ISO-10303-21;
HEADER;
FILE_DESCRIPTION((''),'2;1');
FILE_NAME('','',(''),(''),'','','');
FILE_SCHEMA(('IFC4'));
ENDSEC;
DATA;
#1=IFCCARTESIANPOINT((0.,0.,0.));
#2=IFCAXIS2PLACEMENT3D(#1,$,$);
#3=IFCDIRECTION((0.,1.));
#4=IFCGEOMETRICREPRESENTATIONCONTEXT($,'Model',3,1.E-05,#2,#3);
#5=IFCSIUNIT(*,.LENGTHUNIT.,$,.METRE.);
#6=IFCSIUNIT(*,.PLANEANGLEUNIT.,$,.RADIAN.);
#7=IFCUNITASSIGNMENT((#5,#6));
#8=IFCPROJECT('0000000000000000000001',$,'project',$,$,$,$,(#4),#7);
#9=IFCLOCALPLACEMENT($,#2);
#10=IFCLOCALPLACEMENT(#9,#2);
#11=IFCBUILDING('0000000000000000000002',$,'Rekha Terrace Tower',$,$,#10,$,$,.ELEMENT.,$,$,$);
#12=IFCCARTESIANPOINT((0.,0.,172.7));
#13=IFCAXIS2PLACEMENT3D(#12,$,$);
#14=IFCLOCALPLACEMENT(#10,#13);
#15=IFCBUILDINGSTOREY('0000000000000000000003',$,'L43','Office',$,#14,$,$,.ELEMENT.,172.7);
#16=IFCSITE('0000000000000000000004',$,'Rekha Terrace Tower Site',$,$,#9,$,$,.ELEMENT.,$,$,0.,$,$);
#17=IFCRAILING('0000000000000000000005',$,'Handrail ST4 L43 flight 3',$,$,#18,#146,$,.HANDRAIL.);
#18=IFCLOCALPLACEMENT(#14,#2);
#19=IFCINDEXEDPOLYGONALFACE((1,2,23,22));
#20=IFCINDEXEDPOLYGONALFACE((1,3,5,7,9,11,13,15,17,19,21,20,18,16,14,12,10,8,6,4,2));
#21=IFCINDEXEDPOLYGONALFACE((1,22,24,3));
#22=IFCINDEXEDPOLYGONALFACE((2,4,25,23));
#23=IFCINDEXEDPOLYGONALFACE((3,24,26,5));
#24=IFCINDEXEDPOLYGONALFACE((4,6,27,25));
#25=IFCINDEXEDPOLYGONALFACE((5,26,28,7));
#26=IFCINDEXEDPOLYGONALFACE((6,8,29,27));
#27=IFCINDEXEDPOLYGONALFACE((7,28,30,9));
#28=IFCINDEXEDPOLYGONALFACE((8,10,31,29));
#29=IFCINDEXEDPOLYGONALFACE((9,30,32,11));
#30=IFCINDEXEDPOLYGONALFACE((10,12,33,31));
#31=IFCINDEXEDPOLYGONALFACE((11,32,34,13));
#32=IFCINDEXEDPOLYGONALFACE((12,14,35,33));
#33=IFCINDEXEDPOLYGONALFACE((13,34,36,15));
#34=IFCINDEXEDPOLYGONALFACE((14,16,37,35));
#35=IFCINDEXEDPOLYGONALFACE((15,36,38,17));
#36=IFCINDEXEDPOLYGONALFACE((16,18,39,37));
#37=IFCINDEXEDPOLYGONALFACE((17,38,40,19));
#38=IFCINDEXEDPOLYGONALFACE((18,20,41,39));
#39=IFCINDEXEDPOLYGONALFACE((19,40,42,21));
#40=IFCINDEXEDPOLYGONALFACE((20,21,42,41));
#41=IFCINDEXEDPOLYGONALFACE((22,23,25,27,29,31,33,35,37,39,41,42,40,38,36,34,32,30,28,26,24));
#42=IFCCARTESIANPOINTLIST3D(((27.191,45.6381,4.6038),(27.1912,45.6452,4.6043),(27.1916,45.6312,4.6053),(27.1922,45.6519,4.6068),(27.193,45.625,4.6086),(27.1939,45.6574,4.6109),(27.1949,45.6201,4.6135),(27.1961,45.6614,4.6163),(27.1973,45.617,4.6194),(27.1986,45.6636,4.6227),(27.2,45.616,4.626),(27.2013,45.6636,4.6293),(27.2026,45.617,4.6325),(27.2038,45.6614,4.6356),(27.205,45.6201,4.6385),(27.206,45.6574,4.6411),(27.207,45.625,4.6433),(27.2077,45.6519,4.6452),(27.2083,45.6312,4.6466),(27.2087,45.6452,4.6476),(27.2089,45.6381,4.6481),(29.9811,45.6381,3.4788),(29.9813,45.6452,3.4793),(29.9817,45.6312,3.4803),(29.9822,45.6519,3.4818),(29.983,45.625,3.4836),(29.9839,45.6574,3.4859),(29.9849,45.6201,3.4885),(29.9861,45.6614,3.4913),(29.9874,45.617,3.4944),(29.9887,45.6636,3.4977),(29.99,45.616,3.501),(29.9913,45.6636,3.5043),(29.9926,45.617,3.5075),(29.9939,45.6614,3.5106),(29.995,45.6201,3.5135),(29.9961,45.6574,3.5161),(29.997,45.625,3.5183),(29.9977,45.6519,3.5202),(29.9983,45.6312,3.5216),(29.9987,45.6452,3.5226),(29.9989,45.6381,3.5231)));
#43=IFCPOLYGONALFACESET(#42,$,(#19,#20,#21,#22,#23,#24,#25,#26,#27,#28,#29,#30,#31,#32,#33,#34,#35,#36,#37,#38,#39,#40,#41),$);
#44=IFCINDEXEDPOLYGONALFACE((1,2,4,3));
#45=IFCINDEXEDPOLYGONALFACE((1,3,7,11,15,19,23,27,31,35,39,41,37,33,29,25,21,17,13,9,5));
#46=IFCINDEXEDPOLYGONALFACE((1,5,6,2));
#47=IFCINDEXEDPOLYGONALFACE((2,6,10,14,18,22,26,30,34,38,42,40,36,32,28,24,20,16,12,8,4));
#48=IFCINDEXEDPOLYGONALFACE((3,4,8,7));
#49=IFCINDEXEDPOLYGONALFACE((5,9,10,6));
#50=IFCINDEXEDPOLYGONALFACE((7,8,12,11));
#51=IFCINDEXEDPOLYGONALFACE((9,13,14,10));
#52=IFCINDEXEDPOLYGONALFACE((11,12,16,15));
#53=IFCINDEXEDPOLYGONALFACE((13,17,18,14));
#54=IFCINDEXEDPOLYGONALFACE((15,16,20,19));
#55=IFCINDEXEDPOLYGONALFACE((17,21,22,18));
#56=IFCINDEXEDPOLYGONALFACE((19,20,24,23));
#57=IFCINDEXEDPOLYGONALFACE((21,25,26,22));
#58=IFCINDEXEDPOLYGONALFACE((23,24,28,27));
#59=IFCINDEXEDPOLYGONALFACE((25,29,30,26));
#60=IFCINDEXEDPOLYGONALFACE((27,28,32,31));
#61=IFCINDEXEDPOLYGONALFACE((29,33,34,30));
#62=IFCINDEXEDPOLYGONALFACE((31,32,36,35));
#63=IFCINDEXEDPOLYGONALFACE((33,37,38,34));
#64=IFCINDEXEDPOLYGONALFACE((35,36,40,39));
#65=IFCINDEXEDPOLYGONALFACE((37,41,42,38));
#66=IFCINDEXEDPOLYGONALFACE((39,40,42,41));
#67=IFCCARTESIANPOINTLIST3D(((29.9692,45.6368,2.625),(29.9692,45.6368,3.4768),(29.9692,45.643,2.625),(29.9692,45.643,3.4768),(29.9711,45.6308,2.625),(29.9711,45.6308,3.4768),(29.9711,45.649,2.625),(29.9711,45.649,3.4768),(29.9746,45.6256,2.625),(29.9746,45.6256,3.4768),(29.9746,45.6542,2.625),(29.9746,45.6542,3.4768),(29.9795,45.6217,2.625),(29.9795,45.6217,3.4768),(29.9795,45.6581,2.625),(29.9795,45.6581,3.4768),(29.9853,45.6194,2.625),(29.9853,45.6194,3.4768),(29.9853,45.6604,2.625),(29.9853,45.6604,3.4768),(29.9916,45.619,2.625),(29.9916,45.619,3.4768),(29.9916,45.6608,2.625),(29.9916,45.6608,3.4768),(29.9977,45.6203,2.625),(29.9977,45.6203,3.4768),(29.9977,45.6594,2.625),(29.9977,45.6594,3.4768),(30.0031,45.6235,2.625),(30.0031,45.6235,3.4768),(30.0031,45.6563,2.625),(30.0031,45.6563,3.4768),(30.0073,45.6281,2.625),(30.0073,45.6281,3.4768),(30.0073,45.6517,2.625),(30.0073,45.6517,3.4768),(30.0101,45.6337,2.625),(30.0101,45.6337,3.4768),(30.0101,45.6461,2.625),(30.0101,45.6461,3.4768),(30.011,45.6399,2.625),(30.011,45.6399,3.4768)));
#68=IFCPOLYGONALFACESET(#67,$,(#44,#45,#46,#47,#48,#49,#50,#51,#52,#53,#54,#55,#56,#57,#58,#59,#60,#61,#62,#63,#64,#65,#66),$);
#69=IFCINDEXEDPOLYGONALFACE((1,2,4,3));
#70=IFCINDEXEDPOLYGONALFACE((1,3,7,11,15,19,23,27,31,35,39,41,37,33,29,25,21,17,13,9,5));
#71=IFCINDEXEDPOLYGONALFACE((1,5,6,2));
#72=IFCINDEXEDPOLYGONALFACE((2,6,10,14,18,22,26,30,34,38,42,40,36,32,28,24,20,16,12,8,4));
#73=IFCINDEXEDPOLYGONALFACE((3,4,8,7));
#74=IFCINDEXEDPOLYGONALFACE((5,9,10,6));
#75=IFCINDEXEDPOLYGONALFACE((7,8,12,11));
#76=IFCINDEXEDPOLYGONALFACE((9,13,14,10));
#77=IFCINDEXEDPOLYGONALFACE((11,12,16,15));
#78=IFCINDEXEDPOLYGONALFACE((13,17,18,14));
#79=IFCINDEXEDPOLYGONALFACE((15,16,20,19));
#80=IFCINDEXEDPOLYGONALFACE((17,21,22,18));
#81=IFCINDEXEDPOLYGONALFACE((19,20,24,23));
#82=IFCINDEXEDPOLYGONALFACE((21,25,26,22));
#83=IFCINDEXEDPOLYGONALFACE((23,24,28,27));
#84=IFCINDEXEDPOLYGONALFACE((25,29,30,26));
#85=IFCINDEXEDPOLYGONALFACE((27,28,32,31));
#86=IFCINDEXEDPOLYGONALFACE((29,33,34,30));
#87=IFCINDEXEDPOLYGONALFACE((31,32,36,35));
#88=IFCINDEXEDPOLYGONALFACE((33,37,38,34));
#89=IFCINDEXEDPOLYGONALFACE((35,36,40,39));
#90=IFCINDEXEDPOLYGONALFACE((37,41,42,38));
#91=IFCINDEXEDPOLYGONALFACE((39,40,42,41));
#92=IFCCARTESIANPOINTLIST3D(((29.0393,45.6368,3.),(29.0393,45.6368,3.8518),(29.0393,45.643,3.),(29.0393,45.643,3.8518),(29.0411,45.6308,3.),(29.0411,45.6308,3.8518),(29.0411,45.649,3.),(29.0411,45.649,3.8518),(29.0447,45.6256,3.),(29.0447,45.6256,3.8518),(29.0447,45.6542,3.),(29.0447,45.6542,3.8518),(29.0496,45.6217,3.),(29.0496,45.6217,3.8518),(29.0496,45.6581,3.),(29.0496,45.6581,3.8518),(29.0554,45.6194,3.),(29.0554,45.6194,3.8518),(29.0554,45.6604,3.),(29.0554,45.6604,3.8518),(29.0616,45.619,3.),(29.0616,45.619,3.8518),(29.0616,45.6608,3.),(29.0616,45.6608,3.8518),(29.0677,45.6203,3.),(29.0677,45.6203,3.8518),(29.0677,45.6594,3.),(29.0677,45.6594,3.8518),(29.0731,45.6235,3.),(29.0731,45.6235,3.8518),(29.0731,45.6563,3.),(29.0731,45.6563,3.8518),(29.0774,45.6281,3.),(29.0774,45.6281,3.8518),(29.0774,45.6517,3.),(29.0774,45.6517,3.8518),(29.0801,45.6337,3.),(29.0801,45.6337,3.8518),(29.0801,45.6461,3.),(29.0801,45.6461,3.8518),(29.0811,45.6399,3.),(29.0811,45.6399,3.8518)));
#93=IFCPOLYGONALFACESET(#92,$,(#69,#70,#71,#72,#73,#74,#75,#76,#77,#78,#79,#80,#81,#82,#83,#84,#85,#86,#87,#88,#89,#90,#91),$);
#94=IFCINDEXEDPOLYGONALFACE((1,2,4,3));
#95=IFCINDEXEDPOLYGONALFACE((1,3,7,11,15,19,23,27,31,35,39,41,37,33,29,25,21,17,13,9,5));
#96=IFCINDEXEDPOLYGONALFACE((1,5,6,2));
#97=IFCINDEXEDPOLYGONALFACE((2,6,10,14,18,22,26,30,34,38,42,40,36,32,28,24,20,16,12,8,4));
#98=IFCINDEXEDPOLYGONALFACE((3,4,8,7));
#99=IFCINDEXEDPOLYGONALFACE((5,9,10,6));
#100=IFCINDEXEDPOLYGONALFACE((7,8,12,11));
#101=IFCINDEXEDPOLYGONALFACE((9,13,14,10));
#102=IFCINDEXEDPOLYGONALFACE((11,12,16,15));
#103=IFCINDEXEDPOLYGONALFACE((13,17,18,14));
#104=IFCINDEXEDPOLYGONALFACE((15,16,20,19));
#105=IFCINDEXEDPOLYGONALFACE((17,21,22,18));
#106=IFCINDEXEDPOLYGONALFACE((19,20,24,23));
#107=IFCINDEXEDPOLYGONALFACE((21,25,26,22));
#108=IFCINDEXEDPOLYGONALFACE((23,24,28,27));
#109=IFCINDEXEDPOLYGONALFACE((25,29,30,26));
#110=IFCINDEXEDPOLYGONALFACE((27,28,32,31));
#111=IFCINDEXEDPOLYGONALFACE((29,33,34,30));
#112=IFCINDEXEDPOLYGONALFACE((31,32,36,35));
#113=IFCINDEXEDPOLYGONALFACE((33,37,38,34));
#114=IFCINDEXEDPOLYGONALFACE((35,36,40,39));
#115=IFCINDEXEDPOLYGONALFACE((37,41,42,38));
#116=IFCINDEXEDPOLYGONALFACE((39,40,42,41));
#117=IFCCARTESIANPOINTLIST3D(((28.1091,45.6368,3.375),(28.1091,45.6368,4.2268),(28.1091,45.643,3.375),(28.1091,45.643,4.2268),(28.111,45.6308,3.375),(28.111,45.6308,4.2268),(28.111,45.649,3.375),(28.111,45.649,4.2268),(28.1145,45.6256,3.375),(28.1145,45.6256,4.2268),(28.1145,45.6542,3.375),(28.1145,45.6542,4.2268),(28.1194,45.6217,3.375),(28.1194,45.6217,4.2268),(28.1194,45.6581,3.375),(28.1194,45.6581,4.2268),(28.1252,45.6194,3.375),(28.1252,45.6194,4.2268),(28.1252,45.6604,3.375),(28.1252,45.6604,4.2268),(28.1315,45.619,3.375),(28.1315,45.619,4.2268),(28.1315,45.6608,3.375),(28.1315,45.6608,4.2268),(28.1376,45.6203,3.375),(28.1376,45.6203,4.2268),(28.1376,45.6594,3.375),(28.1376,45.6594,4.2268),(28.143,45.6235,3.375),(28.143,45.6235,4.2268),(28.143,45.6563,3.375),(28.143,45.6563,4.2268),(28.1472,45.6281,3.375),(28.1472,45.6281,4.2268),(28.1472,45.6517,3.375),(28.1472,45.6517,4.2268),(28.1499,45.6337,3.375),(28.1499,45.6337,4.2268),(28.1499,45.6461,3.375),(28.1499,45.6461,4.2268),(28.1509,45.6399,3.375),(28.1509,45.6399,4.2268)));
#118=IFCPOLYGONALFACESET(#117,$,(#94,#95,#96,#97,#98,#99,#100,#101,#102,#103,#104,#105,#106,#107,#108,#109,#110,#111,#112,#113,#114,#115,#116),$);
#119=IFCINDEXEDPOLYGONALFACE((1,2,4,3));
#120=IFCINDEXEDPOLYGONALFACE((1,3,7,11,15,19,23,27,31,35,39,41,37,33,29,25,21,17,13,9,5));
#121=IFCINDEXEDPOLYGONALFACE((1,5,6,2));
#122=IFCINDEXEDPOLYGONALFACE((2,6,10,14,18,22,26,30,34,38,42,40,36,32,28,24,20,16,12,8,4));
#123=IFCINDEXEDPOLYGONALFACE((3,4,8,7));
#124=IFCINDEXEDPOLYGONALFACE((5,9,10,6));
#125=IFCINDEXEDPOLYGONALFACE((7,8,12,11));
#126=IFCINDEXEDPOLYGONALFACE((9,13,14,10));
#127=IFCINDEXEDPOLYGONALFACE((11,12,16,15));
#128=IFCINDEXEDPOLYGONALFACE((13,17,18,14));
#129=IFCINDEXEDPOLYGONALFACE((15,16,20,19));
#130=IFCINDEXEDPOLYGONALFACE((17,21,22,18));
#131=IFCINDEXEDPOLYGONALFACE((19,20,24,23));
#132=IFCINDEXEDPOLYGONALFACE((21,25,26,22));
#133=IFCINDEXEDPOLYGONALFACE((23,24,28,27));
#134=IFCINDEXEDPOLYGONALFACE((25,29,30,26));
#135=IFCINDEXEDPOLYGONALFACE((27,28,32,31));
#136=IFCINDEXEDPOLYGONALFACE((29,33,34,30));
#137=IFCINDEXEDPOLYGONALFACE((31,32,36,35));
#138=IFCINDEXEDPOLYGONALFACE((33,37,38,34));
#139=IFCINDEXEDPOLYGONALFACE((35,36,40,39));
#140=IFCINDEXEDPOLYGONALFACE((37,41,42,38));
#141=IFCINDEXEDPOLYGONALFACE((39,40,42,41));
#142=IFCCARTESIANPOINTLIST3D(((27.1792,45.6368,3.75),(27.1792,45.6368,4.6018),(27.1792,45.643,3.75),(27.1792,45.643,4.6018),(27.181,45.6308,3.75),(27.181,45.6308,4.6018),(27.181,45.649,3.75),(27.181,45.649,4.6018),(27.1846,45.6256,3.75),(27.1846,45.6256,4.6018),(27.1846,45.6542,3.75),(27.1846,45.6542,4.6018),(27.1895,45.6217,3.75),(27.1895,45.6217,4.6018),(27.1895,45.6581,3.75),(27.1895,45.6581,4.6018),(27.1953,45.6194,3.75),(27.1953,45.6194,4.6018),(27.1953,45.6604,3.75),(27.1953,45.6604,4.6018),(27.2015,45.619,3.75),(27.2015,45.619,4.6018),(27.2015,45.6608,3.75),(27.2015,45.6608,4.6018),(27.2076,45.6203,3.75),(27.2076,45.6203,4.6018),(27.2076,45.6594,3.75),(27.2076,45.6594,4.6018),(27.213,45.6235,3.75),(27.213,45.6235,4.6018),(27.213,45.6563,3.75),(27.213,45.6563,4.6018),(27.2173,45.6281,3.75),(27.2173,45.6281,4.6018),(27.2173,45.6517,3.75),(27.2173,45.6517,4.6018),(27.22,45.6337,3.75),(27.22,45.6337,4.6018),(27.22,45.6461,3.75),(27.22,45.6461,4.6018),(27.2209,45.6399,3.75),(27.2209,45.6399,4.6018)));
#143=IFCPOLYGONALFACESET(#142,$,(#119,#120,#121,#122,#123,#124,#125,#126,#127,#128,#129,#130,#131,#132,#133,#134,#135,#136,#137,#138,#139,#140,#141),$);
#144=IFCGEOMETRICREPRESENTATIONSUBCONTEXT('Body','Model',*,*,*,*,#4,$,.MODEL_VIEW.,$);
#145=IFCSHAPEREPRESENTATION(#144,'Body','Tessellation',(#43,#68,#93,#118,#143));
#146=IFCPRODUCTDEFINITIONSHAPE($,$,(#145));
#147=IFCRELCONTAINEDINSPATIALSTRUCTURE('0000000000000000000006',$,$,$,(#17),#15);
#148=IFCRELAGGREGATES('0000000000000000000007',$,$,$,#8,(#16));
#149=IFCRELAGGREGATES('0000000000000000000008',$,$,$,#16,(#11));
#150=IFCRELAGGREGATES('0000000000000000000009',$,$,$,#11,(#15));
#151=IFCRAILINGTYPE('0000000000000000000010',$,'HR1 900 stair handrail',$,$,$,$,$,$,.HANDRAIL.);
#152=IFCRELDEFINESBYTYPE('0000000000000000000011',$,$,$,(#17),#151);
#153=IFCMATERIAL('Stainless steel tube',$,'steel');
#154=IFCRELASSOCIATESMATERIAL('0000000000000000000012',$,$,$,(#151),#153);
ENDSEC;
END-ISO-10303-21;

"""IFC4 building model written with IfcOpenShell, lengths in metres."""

from ifc_helpers import new_model, si_unit, direction, frame, origin, origin_2d, place, context, subcontext, project, spatial, circle, extrude, material, type_object, element, save


model = new_model("IFC4")

# Units and contexts
model_context = context("Model", 3, precision=1e-05, world=origin(), true_north=direction((0.0, 1.0)))
body_context = subcontext(model_context, "Body", "Model", "MODEL_VIEW")
ifc_project = project(units=[si_unit("LENGTHUNIT", "METRE"), si_unit("PLANEANGLEUNIT", "RADIAN")], contexts=[model_context])

# Site, building, storey
site_placement = place(None, origin())
site = spatial("IfcSite", under=ifc_project, at=site_placement, Name="Rekha Terrace Tower Site", CompositionType="ELEMENT", RefElevation=0.0)
building_placement = place(site_placement, origin())
building = spatial("IfcBuilding", under=site, at=building_placement, Name="Rekha Terrace Tower", CompositionType="ELEMENT")
storey_placement = place(building_placement, frame((0.0, 0.0, 172.7)))
storey = spatial("IfcBuildingStorey", under=building, at=storey_placement, Name="L43", Description="Office", CompositionType="ELEMENT", Elevation=172.7)

# Railing
ifc_material_1 = material(Name="Stainless steel tube", Category="steel")
railing_type_1 = type_object("IfcRailingType", Name="HR1 900 stair handrail", PredefinedType="HANDRAIL", material=ifc_material_1)
railing_1_placement = place(storey_placement, frame((29.99, 45.6399, 2.625)))
element("IfcRailing", 1, at=railing_1_placement, inside=storey, type_object=railing_type_1, Name="Handrail ST4 L43 flight 3", PredefinedType="HANDRAIL", context=body_context, shape_type="SweptSolid", body=[
    extrude(circle(Radius=0.0239, at=origin_2d()), frame((0.0, 0.0, 0.876), z_axis=(-0.927443, 0.0, 0.373964), x_axis=(0.0, -1.0, 0.0)), (0.0, 0.0, 1.0), 3.0083),
    extrude(circle(Radius=0.021, at=origin_2d()), origin(), (0.0, 0.0, 1.0), 0.8518),
    extrude(circle(Radius=0.021, at=origin_2d()), frame((-0.9299, 0.0, 0.375)), (0.0, 0.0, 1.0), 0.8518),
    extrude(circle(Radius=0.021, at=origin_2d()), frame((-1.8601, 0.0, 0.75)), (0.0, 0.0, 1.0), 0.8518),
    extrude(circle(Radius=0.021, at=origin_2d()), frame((-2.79, 0.0, 1.125)), (0.0, 0.0, 1.0), 0.8518),
])

save(model, "model.ifc")
